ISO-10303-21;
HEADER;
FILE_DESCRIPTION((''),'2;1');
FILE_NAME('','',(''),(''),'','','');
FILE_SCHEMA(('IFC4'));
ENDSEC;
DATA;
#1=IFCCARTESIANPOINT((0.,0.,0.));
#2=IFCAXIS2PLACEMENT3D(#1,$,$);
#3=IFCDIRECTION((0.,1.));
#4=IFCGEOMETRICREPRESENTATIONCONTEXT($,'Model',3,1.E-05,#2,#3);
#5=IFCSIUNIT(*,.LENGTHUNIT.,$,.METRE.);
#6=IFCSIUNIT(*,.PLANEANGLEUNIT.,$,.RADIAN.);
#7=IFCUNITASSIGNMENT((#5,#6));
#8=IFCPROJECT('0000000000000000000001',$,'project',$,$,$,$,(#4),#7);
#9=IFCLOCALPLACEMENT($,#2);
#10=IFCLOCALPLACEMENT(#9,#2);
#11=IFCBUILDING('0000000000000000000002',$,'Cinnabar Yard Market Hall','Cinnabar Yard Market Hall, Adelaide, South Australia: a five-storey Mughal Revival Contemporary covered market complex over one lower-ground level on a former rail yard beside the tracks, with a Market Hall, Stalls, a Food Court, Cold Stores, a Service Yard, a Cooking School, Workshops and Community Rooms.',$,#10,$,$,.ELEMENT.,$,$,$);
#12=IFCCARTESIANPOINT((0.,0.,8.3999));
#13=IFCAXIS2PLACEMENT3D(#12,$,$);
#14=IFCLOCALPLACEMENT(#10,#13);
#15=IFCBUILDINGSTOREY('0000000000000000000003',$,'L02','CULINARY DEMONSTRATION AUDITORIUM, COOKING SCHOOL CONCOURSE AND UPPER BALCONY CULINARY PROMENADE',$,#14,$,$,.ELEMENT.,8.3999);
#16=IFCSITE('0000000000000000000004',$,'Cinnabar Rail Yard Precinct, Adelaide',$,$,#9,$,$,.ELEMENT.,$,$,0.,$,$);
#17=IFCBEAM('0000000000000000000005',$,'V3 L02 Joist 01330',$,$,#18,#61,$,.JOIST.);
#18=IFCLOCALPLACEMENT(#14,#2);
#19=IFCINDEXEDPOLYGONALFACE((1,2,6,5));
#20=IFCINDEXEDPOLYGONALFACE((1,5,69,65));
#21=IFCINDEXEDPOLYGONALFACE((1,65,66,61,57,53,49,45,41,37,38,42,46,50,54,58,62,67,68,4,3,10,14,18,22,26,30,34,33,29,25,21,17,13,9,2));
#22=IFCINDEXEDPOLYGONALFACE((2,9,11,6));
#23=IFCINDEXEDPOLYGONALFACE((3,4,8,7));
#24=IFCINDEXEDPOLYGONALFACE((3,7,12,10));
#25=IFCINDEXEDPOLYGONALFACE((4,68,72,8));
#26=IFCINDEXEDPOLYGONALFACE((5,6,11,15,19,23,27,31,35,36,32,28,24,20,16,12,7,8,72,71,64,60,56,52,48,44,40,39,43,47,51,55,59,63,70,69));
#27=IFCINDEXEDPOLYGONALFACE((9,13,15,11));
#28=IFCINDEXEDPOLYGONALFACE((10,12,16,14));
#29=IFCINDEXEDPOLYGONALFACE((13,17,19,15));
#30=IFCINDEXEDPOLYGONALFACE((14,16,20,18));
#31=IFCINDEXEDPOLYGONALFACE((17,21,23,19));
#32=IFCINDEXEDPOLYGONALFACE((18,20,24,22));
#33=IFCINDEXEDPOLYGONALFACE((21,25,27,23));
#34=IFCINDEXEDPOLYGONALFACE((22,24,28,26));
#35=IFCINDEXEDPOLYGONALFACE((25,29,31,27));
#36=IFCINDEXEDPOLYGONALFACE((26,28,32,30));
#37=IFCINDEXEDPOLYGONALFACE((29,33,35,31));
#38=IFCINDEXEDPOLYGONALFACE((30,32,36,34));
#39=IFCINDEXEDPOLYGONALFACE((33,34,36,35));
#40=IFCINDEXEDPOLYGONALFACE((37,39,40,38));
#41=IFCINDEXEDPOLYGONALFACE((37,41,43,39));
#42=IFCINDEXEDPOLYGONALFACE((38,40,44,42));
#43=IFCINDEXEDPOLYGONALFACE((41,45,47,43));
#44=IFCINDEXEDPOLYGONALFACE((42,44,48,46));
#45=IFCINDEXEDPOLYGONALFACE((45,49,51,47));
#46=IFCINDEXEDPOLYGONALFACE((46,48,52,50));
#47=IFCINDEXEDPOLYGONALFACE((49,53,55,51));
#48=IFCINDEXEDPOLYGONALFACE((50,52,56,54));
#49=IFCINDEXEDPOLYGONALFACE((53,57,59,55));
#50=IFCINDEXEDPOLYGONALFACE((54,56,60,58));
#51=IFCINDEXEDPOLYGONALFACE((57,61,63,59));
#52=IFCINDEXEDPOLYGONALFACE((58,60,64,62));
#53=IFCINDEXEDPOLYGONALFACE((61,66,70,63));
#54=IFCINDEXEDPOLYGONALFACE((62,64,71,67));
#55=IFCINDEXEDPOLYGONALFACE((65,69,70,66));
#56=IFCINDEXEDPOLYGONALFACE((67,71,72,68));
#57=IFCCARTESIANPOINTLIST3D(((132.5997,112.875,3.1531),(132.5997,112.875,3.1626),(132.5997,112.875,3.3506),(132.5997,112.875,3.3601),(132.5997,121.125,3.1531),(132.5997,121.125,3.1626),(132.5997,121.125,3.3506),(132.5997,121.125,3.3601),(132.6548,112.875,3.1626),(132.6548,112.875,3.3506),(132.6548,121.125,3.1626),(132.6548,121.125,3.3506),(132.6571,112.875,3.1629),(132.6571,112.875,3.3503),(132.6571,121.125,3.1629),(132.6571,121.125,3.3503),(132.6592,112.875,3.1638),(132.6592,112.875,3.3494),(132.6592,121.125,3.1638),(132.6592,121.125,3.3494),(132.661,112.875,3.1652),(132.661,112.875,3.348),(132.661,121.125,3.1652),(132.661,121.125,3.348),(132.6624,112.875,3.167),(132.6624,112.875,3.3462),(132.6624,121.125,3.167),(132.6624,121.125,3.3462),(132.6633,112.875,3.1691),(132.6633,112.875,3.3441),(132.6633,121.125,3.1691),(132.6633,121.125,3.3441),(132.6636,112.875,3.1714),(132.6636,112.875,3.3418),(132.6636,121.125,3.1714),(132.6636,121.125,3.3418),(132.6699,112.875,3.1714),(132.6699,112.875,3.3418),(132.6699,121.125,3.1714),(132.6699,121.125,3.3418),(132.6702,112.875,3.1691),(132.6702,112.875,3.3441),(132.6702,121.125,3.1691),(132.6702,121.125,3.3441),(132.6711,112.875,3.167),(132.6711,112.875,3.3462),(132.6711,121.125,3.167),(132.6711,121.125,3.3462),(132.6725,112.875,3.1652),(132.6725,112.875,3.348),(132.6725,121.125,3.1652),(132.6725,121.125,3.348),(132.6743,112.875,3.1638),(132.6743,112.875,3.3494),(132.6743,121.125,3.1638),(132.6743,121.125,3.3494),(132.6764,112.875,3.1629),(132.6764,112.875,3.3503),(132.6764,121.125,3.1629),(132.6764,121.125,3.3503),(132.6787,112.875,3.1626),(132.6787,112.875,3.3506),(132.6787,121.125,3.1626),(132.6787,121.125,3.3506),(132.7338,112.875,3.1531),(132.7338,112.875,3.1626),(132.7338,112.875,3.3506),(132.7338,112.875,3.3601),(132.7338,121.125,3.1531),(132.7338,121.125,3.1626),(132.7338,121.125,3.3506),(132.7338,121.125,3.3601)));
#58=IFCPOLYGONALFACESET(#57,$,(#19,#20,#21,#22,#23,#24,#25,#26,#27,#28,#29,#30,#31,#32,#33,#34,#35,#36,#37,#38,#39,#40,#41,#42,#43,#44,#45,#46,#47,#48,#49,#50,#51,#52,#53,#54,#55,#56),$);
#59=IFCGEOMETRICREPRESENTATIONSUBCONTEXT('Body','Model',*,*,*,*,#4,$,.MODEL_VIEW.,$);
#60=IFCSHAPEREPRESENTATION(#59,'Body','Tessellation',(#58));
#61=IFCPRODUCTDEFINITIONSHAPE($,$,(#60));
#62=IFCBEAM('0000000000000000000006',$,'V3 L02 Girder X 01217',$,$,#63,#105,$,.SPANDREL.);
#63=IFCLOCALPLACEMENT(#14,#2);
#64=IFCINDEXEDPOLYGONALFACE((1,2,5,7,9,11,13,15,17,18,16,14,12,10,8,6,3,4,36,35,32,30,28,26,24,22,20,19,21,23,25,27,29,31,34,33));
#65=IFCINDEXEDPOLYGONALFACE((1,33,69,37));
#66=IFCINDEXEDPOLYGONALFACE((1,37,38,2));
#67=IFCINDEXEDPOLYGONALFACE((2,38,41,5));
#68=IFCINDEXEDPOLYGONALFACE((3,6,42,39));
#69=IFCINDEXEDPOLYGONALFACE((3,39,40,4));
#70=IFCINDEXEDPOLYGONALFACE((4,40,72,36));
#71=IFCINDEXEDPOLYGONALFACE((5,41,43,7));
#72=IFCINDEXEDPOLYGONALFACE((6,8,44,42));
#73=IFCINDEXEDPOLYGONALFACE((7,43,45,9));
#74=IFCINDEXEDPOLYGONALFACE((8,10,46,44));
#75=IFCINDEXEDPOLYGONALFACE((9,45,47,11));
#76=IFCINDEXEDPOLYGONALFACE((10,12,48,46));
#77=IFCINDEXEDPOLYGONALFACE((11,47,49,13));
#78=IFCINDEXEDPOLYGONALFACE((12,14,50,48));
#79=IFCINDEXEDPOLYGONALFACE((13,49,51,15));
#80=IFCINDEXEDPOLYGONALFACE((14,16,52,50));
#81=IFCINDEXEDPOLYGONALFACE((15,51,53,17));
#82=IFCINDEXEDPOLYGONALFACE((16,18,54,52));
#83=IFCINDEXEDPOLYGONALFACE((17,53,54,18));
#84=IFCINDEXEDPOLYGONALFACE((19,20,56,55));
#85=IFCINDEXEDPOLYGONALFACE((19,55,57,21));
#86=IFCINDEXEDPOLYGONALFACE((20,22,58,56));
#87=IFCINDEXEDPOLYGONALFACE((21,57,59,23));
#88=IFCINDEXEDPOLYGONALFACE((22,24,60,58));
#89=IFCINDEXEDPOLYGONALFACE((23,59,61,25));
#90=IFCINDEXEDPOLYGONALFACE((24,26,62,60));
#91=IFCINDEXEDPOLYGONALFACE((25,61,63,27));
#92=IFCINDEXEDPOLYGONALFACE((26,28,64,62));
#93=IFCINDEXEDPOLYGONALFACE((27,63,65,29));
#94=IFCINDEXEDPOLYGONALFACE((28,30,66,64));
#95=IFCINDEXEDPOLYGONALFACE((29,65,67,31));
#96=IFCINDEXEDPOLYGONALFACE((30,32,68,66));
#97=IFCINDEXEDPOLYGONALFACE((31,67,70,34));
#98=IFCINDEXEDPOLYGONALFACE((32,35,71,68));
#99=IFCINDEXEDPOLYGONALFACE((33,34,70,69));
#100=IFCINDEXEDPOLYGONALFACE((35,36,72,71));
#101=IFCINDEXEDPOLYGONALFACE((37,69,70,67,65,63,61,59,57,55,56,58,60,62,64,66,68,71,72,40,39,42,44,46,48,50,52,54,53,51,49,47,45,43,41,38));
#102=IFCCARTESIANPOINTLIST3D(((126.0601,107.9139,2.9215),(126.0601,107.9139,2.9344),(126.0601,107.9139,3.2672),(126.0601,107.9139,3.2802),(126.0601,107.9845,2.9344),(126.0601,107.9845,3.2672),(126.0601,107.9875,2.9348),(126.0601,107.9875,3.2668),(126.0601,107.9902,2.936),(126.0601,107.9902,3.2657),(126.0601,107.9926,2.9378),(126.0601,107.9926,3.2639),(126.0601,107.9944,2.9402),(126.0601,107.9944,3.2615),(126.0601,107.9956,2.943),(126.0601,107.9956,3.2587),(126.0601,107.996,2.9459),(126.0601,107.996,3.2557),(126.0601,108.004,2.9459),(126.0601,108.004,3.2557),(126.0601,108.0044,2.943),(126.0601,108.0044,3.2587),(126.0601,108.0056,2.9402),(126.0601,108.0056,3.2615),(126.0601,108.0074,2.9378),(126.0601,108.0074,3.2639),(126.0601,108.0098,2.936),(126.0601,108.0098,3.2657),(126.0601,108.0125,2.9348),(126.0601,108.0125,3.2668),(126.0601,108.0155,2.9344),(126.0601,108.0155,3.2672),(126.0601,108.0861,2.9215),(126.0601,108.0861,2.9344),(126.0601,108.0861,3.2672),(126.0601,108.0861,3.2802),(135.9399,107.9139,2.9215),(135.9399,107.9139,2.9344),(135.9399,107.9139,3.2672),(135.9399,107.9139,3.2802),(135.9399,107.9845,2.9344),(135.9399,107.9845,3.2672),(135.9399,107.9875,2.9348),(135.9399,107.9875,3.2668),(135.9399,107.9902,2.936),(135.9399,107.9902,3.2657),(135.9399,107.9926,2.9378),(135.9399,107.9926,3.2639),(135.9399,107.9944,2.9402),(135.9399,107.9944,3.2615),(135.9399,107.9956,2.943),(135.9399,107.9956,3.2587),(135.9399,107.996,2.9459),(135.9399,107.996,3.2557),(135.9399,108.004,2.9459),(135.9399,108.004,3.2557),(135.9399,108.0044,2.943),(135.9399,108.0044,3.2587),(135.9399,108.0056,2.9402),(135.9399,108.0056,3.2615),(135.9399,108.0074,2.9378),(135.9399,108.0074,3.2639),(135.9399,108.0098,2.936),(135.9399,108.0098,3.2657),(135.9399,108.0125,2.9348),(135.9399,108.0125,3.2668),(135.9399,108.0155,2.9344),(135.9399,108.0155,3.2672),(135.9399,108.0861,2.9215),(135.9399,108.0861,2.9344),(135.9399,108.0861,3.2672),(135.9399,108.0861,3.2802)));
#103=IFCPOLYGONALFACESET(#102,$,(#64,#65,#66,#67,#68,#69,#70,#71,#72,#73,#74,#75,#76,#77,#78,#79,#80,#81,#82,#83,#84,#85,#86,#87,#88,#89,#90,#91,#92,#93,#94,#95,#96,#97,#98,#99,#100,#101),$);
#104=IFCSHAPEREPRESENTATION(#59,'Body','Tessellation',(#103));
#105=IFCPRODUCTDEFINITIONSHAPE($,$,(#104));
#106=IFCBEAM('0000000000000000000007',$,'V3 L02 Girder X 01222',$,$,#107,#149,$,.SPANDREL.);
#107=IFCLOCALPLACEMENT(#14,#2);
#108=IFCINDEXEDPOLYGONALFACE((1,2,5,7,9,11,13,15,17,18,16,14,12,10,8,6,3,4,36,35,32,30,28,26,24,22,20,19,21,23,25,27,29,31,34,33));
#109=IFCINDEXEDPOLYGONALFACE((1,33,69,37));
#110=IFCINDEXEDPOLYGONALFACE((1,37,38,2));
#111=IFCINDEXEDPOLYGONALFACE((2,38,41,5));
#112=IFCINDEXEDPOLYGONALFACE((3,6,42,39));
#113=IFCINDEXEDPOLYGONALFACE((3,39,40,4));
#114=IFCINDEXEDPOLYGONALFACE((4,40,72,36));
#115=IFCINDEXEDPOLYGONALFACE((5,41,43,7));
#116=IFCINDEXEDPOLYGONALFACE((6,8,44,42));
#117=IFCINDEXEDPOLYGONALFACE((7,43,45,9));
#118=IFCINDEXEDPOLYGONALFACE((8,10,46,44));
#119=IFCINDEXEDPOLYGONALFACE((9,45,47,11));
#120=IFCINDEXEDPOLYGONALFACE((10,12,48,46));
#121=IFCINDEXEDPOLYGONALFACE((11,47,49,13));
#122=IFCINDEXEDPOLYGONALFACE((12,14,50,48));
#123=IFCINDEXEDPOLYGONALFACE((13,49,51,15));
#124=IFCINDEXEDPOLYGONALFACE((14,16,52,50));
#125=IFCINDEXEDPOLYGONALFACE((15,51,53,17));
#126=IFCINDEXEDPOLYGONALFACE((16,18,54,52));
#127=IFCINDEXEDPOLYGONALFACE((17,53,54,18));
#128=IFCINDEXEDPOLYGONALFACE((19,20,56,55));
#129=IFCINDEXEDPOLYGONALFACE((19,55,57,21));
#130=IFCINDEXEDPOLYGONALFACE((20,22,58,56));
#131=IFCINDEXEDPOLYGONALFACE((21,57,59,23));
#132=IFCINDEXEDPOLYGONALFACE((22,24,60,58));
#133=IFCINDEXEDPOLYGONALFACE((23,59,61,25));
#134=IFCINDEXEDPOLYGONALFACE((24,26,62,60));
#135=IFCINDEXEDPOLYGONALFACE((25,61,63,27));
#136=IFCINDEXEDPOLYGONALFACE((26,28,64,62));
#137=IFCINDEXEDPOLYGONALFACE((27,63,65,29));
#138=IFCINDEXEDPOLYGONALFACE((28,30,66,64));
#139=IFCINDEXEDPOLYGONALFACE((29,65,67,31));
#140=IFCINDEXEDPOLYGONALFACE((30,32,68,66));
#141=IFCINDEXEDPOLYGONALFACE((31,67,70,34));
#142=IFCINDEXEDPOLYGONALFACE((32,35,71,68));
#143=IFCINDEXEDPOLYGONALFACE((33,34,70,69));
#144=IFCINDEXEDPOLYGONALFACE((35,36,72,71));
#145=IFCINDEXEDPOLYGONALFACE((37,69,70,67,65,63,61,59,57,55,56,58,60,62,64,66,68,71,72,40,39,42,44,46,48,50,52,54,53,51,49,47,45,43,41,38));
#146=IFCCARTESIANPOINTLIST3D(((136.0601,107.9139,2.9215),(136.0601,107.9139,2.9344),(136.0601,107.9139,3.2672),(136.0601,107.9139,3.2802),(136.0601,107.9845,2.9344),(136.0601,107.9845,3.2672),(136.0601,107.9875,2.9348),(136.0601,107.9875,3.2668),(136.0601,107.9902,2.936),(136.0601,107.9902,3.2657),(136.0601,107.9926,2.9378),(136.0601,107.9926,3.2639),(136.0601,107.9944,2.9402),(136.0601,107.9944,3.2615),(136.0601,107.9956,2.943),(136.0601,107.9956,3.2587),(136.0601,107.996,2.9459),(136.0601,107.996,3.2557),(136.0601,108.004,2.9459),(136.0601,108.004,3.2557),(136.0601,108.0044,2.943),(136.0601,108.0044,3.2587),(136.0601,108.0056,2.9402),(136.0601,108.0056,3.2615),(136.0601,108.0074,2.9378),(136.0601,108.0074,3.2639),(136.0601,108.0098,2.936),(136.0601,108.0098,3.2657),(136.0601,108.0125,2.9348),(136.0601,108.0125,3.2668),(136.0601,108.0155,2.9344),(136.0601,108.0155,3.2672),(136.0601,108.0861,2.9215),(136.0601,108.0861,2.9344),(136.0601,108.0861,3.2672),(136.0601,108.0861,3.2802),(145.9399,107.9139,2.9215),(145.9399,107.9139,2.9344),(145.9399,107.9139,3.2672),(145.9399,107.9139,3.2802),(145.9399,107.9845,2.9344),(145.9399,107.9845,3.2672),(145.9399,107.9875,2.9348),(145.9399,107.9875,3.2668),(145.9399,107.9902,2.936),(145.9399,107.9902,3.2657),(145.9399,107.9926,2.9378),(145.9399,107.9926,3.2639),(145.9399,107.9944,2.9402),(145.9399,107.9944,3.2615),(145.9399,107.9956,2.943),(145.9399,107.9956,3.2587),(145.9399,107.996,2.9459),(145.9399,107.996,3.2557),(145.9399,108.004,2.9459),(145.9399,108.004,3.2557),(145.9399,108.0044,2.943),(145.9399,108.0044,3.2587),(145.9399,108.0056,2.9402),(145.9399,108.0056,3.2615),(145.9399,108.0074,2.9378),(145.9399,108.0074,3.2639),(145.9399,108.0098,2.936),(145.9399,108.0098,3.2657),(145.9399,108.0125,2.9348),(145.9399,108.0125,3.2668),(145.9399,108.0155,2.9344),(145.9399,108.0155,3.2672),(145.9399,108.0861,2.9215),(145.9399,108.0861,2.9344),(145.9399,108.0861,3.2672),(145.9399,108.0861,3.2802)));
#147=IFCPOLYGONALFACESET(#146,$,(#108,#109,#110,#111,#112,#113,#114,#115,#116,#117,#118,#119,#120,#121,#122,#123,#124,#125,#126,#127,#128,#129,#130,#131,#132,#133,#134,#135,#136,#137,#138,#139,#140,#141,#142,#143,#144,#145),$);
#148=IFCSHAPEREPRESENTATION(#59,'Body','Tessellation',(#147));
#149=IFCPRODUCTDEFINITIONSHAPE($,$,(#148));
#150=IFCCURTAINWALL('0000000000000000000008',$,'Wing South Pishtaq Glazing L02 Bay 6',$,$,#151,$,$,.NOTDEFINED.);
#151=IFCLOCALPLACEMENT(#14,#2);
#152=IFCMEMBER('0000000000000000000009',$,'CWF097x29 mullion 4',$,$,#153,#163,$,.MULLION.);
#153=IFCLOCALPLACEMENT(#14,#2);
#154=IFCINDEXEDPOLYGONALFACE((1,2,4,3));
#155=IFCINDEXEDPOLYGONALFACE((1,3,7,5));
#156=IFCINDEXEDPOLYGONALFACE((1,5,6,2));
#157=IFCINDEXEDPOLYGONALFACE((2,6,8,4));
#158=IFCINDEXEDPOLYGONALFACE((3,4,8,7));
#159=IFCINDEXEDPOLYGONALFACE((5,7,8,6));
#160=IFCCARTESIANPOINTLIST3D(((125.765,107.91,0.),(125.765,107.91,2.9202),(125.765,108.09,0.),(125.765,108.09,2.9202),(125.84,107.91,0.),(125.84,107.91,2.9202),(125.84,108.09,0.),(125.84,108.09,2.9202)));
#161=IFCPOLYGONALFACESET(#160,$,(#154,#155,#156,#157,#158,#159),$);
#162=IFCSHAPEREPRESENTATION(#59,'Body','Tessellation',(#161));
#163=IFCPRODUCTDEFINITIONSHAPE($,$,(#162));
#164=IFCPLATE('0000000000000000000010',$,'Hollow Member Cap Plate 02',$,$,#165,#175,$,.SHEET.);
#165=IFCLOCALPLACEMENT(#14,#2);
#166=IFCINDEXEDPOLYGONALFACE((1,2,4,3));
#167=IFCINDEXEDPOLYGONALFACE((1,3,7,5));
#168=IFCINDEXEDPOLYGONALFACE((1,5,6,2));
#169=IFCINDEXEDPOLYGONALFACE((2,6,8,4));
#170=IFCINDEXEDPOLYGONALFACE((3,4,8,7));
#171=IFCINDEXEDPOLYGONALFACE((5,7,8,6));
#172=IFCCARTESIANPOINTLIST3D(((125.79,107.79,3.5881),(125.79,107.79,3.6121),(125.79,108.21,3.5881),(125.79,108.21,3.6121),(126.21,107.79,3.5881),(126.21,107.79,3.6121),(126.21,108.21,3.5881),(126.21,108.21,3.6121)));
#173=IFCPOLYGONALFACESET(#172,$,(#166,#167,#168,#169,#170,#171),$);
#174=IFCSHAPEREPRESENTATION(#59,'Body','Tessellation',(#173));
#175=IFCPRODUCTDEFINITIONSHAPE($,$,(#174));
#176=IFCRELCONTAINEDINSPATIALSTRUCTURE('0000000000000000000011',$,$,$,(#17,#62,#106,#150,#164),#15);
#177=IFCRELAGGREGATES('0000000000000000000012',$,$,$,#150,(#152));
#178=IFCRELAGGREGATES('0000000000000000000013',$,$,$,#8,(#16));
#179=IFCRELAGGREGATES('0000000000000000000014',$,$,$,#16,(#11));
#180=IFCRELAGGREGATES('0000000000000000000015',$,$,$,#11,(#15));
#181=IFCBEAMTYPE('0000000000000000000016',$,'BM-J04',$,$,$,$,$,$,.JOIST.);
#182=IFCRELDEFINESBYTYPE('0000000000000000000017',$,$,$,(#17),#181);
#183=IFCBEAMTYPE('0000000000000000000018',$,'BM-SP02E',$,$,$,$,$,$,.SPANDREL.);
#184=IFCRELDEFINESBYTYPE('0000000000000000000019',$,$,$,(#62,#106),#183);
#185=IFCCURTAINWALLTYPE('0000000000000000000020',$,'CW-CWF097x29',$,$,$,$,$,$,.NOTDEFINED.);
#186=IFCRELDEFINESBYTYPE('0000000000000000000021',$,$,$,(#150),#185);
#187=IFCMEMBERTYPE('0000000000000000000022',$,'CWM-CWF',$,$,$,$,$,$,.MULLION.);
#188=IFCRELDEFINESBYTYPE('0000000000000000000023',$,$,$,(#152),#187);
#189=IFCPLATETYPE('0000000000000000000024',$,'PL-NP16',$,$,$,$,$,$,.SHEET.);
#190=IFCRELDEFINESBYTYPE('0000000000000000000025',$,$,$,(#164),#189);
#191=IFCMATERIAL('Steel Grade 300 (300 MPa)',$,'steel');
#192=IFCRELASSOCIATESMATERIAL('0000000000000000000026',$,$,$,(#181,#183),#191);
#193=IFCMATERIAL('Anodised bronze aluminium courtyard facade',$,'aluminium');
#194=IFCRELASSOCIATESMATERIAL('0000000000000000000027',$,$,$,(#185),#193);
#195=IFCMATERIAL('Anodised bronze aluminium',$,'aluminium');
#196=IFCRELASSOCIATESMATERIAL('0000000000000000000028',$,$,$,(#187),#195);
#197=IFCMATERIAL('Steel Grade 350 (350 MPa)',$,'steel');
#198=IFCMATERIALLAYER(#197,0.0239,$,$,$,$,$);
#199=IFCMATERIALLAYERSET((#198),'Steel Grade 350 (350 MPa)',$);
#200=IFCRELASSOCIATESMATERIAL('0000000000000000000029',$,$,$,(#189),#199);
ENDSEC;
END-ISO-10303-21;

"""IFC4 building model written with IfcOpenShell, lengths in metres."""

from ifc_helpers import new_model, si_unit, direction, frame, origin, origin_2d_with_axis, place, context, subcontext, project, spatial, rectangle, i_section, extrude, material, layer, layer_set, material_profile, profile_set, type_object, element, aggregate, save


model = new_model("IFC4")

# Units and contexts
model_context = context("Model", 3, precision=1e-05, world=origin(), true_north=direction((0.0, 1.0)))
body_context = subcontext(model_context, "Body", "Model", "MODEL_VIEW")
ifc_project = project(units=[si_unit("LENGTHUNIT", "METRE"), si_unit("PLANEANGLEUNIT", "RADIAN")], contexts=[model_context])

# Site, building, storey
site_placement = place(None, origin())
site = spatial("IfcSite", under=ifc_project, at=site_placement, Name="Cinnabar Rail Yard Precinct, Adelaide", CompositionType="ELEMENT", RefElevation=0.0)
building_placement = place(site_placement, origin())
building = spatial("IfcBuilding", under=site, at=building_placement, Name="Cinnabar Yard Market Hall", Description="Cinnabar Yard Market Hall, Adelaide, South Australia: a five-storey Mughal Revival Contemporary covered market complex over one lower-ground level on a former rail yard beside the tracks, with a Market Hall, Stalls, a Food Court, Cold Stores, a Service Yard, a Cooking School, Workshops and Community Rooms.", CompositionType="ELEMENT")
storey_placement = place(building_placement, frame((0.0, 0.0, 8.3999)))
storey = spatial("IfcBuildingStorey", under=building, at=storey_placement, Name="L02", Description="CULINARY DEMONSTRATION AUDITORIUM, COOKING SCHOOL CONCOURSE AND UPPER BALCONY CULINARY PROMENADE", CompositionType="ELEMENT", Elevation=8.3999)

# Shared definitions
ifc_material_1 = material(Name="Steel Grade 300 (300 MPa)", Category="steel")

# Beams
ifc_material_profile_1 = material_profile(ifc_material_1, i_section(OverallWidth=0.134, OverallDepth=0.207, WebThickness=0.0063, FlangeThickness=0.0095, FilletRadius=0.0088, at=origin_2d_with_axis()), Name="200UB29.8")
ifc_profile_set_1 = profile_set([ifc_material_profile_1], Name="Steel Grade 300 (300 MPa)")
beam_type_1 = type_object("IfcBeamType", Name="BM-J04", PredefinedType="JOIST", material=ifc_profile_set_1)
for number, where, z_axis, x_axis, name in (
    (1, (132.6667, 112.875, 3.2566), (0.0, 1.0, 0.0), (-1.0, 0.0, 0.0), "V3 L02 Joist 01330"),
):
    element("IfcBeam", number, at=place(storey_placement, frame(where, z_axis=z_axis, x_axis=x_axis)), inside=storey, type_object=beam_type_1, Name=name, PredefinedType="JOIST", context=body_context, shape_type="SweptSolid", body=[
        extrude(i_section(OverallWidth=0.134, OverallDepth=0.207, WebThickness=0.0063, FlangeThickness=0.0095, FilletRadius=0.0088, at=origin_2d_with_axis()), origin(), (0.0, 0.0, 1.0), 8.25),
    ])
ifc_material_profile_2 = material_profile(ifc_material_1, i_section(OverallWidth=0.1721, OverallDepth=0.3586, WebThickness=0.0081, FlangeThickness=0.0129, FilletRadius=0.0115, at=origin_2d_with_axis()), Name="360UB56.7")
ifc_profile_set_2 = profile_set([ifc_material_profile_2], Name="Steel Grade 300 (300 MPa)")
beam_type_2 = type_object("IfcBeamType", Name="BM-SP02E", PredefinedType="SPANDREL", material=ifc_profile_set_2)
for number, where, z_axis, x_axis, name in (
    (2, (126.0601, 108.0, 3.1008), (1.0, 0.0, 0.0), (0.0, 1.0, 0.0), "V3 L02 Girder X 01217"),
    (3, (136.0601, 108.0, 3.1008), (1.0, 0.0, 0.0), (0.0, 1.0, 0.0), "V3 L02 Girder X 01222"),
):
    element("IfcBeam", number, at=place(storey_placement, frame(where, z_axis=z_axis, x_axis=x_axis)), inside=storey, type_object=beam_type_2, Name=name, PredefinedType="SPANDREL", context=body_context, shape_type="SweptSolid", body=[
        extrude(i_section(OverallWidth=0.1721, OverallDepth=0.3586, WebThickness=0.0081, FlangeThickness=0.0129, FilletRadius=0.0115, at=origin_2d_with_axis()), origin(), (0.0, 0.0, 1.0), 9.8799),
    ])

# Curtain wall, member
ifc_material_2 = material(Name="Anodised bronze aluminium courtyard facade", Category="aluminium")
curtain_wall_type = type_object("IfcCurtainWallType", Name="CW-CWF097x29", PredefinedType="NOTDEFINED", material=ifc_material_2)
curtain_wall_placement = place(storey_placement, origin())
curtain_wall = element("IfcCurtainWall", 4, at=curtain_wall_placement, inside=storey, type_object=curtain_wall_type, Name="Wing South Pishtaq Glazing L02 Bay 6", PredefinedType="NOTDEFINED")
ifc_material_3 = material(Name="Anodised bronze aluminium", Category="aluminium")
ifc_material_profile_3 = material_profile(ifc_material_3, rectangle(XDim=0.1799, YDim=0.075, at=origin_2d_with_axis()), Name="MUL-CWF")
ifc_profile_set_3 = profile_set([ifc_material_profile_3], Name="Anodised bronze aluminium")
member_type = type_object("IfcMemberType", Name="CWM-CWF", PredefinedType="MULLION", material=ifc_profile_set_3)
member_placement = place(storey_placement, frame((125.8025, 108.0, 0.0), z_axis=(0.0, 0.0, 1.0), x_axis=(0.0, 1.0, 0.0)))
member = element("IfcMember", 5, at=member_placement, type_object=member_type, Name="CWF097x29 mullion 4", PredefinedType="MULLION", context=body_context, shape_type="SweptSolid", body=[
    extrude(rectangle(XDim=0.1799, YDim=0.075, at=origin_2d_with_axis()), origin(), (0.0, 0.0, 1.0), 2.9202),
])
aggregate(curtain_wall, [member])

# Plate
ifc_material_4 = material(Name="Steel Grade 350 (350 MPa)", Category="steel")
ifc_layer_1 = layer(ifc_material_4, 0.0239)
ifc_layer_set_1 = layer_set([ifc_layer_1], Name="Steel Grade 350 (350 MPa)")
plate_type = type_object("IfcPlateType", Name="PL-NP16", PredefinedType="SHEET", material=ifc_layer_set_1)
plate_placement = place(storey_placement, frame((126.0, 108.0, 3.5881), z_axis=(0.0, 0.0, 1.0), x_axis=(1.0, 0.0, 0.0)))
element("IfcPlate", 6, at=plate_placement, inside=storey, type_object=plate_type, Name="Hollow Member Cap Plate 02", PredefinedType="SHEET", context=body_context, shape_type="SweptSolid", body=[
    extrude(rectangle(XDim=0.4199, YDim=0.4199, at=origin_2d_with_axis()), origin(), (0.0, 0.0, 1.0), 0.0239),
])

save(model, "model.ifc")
